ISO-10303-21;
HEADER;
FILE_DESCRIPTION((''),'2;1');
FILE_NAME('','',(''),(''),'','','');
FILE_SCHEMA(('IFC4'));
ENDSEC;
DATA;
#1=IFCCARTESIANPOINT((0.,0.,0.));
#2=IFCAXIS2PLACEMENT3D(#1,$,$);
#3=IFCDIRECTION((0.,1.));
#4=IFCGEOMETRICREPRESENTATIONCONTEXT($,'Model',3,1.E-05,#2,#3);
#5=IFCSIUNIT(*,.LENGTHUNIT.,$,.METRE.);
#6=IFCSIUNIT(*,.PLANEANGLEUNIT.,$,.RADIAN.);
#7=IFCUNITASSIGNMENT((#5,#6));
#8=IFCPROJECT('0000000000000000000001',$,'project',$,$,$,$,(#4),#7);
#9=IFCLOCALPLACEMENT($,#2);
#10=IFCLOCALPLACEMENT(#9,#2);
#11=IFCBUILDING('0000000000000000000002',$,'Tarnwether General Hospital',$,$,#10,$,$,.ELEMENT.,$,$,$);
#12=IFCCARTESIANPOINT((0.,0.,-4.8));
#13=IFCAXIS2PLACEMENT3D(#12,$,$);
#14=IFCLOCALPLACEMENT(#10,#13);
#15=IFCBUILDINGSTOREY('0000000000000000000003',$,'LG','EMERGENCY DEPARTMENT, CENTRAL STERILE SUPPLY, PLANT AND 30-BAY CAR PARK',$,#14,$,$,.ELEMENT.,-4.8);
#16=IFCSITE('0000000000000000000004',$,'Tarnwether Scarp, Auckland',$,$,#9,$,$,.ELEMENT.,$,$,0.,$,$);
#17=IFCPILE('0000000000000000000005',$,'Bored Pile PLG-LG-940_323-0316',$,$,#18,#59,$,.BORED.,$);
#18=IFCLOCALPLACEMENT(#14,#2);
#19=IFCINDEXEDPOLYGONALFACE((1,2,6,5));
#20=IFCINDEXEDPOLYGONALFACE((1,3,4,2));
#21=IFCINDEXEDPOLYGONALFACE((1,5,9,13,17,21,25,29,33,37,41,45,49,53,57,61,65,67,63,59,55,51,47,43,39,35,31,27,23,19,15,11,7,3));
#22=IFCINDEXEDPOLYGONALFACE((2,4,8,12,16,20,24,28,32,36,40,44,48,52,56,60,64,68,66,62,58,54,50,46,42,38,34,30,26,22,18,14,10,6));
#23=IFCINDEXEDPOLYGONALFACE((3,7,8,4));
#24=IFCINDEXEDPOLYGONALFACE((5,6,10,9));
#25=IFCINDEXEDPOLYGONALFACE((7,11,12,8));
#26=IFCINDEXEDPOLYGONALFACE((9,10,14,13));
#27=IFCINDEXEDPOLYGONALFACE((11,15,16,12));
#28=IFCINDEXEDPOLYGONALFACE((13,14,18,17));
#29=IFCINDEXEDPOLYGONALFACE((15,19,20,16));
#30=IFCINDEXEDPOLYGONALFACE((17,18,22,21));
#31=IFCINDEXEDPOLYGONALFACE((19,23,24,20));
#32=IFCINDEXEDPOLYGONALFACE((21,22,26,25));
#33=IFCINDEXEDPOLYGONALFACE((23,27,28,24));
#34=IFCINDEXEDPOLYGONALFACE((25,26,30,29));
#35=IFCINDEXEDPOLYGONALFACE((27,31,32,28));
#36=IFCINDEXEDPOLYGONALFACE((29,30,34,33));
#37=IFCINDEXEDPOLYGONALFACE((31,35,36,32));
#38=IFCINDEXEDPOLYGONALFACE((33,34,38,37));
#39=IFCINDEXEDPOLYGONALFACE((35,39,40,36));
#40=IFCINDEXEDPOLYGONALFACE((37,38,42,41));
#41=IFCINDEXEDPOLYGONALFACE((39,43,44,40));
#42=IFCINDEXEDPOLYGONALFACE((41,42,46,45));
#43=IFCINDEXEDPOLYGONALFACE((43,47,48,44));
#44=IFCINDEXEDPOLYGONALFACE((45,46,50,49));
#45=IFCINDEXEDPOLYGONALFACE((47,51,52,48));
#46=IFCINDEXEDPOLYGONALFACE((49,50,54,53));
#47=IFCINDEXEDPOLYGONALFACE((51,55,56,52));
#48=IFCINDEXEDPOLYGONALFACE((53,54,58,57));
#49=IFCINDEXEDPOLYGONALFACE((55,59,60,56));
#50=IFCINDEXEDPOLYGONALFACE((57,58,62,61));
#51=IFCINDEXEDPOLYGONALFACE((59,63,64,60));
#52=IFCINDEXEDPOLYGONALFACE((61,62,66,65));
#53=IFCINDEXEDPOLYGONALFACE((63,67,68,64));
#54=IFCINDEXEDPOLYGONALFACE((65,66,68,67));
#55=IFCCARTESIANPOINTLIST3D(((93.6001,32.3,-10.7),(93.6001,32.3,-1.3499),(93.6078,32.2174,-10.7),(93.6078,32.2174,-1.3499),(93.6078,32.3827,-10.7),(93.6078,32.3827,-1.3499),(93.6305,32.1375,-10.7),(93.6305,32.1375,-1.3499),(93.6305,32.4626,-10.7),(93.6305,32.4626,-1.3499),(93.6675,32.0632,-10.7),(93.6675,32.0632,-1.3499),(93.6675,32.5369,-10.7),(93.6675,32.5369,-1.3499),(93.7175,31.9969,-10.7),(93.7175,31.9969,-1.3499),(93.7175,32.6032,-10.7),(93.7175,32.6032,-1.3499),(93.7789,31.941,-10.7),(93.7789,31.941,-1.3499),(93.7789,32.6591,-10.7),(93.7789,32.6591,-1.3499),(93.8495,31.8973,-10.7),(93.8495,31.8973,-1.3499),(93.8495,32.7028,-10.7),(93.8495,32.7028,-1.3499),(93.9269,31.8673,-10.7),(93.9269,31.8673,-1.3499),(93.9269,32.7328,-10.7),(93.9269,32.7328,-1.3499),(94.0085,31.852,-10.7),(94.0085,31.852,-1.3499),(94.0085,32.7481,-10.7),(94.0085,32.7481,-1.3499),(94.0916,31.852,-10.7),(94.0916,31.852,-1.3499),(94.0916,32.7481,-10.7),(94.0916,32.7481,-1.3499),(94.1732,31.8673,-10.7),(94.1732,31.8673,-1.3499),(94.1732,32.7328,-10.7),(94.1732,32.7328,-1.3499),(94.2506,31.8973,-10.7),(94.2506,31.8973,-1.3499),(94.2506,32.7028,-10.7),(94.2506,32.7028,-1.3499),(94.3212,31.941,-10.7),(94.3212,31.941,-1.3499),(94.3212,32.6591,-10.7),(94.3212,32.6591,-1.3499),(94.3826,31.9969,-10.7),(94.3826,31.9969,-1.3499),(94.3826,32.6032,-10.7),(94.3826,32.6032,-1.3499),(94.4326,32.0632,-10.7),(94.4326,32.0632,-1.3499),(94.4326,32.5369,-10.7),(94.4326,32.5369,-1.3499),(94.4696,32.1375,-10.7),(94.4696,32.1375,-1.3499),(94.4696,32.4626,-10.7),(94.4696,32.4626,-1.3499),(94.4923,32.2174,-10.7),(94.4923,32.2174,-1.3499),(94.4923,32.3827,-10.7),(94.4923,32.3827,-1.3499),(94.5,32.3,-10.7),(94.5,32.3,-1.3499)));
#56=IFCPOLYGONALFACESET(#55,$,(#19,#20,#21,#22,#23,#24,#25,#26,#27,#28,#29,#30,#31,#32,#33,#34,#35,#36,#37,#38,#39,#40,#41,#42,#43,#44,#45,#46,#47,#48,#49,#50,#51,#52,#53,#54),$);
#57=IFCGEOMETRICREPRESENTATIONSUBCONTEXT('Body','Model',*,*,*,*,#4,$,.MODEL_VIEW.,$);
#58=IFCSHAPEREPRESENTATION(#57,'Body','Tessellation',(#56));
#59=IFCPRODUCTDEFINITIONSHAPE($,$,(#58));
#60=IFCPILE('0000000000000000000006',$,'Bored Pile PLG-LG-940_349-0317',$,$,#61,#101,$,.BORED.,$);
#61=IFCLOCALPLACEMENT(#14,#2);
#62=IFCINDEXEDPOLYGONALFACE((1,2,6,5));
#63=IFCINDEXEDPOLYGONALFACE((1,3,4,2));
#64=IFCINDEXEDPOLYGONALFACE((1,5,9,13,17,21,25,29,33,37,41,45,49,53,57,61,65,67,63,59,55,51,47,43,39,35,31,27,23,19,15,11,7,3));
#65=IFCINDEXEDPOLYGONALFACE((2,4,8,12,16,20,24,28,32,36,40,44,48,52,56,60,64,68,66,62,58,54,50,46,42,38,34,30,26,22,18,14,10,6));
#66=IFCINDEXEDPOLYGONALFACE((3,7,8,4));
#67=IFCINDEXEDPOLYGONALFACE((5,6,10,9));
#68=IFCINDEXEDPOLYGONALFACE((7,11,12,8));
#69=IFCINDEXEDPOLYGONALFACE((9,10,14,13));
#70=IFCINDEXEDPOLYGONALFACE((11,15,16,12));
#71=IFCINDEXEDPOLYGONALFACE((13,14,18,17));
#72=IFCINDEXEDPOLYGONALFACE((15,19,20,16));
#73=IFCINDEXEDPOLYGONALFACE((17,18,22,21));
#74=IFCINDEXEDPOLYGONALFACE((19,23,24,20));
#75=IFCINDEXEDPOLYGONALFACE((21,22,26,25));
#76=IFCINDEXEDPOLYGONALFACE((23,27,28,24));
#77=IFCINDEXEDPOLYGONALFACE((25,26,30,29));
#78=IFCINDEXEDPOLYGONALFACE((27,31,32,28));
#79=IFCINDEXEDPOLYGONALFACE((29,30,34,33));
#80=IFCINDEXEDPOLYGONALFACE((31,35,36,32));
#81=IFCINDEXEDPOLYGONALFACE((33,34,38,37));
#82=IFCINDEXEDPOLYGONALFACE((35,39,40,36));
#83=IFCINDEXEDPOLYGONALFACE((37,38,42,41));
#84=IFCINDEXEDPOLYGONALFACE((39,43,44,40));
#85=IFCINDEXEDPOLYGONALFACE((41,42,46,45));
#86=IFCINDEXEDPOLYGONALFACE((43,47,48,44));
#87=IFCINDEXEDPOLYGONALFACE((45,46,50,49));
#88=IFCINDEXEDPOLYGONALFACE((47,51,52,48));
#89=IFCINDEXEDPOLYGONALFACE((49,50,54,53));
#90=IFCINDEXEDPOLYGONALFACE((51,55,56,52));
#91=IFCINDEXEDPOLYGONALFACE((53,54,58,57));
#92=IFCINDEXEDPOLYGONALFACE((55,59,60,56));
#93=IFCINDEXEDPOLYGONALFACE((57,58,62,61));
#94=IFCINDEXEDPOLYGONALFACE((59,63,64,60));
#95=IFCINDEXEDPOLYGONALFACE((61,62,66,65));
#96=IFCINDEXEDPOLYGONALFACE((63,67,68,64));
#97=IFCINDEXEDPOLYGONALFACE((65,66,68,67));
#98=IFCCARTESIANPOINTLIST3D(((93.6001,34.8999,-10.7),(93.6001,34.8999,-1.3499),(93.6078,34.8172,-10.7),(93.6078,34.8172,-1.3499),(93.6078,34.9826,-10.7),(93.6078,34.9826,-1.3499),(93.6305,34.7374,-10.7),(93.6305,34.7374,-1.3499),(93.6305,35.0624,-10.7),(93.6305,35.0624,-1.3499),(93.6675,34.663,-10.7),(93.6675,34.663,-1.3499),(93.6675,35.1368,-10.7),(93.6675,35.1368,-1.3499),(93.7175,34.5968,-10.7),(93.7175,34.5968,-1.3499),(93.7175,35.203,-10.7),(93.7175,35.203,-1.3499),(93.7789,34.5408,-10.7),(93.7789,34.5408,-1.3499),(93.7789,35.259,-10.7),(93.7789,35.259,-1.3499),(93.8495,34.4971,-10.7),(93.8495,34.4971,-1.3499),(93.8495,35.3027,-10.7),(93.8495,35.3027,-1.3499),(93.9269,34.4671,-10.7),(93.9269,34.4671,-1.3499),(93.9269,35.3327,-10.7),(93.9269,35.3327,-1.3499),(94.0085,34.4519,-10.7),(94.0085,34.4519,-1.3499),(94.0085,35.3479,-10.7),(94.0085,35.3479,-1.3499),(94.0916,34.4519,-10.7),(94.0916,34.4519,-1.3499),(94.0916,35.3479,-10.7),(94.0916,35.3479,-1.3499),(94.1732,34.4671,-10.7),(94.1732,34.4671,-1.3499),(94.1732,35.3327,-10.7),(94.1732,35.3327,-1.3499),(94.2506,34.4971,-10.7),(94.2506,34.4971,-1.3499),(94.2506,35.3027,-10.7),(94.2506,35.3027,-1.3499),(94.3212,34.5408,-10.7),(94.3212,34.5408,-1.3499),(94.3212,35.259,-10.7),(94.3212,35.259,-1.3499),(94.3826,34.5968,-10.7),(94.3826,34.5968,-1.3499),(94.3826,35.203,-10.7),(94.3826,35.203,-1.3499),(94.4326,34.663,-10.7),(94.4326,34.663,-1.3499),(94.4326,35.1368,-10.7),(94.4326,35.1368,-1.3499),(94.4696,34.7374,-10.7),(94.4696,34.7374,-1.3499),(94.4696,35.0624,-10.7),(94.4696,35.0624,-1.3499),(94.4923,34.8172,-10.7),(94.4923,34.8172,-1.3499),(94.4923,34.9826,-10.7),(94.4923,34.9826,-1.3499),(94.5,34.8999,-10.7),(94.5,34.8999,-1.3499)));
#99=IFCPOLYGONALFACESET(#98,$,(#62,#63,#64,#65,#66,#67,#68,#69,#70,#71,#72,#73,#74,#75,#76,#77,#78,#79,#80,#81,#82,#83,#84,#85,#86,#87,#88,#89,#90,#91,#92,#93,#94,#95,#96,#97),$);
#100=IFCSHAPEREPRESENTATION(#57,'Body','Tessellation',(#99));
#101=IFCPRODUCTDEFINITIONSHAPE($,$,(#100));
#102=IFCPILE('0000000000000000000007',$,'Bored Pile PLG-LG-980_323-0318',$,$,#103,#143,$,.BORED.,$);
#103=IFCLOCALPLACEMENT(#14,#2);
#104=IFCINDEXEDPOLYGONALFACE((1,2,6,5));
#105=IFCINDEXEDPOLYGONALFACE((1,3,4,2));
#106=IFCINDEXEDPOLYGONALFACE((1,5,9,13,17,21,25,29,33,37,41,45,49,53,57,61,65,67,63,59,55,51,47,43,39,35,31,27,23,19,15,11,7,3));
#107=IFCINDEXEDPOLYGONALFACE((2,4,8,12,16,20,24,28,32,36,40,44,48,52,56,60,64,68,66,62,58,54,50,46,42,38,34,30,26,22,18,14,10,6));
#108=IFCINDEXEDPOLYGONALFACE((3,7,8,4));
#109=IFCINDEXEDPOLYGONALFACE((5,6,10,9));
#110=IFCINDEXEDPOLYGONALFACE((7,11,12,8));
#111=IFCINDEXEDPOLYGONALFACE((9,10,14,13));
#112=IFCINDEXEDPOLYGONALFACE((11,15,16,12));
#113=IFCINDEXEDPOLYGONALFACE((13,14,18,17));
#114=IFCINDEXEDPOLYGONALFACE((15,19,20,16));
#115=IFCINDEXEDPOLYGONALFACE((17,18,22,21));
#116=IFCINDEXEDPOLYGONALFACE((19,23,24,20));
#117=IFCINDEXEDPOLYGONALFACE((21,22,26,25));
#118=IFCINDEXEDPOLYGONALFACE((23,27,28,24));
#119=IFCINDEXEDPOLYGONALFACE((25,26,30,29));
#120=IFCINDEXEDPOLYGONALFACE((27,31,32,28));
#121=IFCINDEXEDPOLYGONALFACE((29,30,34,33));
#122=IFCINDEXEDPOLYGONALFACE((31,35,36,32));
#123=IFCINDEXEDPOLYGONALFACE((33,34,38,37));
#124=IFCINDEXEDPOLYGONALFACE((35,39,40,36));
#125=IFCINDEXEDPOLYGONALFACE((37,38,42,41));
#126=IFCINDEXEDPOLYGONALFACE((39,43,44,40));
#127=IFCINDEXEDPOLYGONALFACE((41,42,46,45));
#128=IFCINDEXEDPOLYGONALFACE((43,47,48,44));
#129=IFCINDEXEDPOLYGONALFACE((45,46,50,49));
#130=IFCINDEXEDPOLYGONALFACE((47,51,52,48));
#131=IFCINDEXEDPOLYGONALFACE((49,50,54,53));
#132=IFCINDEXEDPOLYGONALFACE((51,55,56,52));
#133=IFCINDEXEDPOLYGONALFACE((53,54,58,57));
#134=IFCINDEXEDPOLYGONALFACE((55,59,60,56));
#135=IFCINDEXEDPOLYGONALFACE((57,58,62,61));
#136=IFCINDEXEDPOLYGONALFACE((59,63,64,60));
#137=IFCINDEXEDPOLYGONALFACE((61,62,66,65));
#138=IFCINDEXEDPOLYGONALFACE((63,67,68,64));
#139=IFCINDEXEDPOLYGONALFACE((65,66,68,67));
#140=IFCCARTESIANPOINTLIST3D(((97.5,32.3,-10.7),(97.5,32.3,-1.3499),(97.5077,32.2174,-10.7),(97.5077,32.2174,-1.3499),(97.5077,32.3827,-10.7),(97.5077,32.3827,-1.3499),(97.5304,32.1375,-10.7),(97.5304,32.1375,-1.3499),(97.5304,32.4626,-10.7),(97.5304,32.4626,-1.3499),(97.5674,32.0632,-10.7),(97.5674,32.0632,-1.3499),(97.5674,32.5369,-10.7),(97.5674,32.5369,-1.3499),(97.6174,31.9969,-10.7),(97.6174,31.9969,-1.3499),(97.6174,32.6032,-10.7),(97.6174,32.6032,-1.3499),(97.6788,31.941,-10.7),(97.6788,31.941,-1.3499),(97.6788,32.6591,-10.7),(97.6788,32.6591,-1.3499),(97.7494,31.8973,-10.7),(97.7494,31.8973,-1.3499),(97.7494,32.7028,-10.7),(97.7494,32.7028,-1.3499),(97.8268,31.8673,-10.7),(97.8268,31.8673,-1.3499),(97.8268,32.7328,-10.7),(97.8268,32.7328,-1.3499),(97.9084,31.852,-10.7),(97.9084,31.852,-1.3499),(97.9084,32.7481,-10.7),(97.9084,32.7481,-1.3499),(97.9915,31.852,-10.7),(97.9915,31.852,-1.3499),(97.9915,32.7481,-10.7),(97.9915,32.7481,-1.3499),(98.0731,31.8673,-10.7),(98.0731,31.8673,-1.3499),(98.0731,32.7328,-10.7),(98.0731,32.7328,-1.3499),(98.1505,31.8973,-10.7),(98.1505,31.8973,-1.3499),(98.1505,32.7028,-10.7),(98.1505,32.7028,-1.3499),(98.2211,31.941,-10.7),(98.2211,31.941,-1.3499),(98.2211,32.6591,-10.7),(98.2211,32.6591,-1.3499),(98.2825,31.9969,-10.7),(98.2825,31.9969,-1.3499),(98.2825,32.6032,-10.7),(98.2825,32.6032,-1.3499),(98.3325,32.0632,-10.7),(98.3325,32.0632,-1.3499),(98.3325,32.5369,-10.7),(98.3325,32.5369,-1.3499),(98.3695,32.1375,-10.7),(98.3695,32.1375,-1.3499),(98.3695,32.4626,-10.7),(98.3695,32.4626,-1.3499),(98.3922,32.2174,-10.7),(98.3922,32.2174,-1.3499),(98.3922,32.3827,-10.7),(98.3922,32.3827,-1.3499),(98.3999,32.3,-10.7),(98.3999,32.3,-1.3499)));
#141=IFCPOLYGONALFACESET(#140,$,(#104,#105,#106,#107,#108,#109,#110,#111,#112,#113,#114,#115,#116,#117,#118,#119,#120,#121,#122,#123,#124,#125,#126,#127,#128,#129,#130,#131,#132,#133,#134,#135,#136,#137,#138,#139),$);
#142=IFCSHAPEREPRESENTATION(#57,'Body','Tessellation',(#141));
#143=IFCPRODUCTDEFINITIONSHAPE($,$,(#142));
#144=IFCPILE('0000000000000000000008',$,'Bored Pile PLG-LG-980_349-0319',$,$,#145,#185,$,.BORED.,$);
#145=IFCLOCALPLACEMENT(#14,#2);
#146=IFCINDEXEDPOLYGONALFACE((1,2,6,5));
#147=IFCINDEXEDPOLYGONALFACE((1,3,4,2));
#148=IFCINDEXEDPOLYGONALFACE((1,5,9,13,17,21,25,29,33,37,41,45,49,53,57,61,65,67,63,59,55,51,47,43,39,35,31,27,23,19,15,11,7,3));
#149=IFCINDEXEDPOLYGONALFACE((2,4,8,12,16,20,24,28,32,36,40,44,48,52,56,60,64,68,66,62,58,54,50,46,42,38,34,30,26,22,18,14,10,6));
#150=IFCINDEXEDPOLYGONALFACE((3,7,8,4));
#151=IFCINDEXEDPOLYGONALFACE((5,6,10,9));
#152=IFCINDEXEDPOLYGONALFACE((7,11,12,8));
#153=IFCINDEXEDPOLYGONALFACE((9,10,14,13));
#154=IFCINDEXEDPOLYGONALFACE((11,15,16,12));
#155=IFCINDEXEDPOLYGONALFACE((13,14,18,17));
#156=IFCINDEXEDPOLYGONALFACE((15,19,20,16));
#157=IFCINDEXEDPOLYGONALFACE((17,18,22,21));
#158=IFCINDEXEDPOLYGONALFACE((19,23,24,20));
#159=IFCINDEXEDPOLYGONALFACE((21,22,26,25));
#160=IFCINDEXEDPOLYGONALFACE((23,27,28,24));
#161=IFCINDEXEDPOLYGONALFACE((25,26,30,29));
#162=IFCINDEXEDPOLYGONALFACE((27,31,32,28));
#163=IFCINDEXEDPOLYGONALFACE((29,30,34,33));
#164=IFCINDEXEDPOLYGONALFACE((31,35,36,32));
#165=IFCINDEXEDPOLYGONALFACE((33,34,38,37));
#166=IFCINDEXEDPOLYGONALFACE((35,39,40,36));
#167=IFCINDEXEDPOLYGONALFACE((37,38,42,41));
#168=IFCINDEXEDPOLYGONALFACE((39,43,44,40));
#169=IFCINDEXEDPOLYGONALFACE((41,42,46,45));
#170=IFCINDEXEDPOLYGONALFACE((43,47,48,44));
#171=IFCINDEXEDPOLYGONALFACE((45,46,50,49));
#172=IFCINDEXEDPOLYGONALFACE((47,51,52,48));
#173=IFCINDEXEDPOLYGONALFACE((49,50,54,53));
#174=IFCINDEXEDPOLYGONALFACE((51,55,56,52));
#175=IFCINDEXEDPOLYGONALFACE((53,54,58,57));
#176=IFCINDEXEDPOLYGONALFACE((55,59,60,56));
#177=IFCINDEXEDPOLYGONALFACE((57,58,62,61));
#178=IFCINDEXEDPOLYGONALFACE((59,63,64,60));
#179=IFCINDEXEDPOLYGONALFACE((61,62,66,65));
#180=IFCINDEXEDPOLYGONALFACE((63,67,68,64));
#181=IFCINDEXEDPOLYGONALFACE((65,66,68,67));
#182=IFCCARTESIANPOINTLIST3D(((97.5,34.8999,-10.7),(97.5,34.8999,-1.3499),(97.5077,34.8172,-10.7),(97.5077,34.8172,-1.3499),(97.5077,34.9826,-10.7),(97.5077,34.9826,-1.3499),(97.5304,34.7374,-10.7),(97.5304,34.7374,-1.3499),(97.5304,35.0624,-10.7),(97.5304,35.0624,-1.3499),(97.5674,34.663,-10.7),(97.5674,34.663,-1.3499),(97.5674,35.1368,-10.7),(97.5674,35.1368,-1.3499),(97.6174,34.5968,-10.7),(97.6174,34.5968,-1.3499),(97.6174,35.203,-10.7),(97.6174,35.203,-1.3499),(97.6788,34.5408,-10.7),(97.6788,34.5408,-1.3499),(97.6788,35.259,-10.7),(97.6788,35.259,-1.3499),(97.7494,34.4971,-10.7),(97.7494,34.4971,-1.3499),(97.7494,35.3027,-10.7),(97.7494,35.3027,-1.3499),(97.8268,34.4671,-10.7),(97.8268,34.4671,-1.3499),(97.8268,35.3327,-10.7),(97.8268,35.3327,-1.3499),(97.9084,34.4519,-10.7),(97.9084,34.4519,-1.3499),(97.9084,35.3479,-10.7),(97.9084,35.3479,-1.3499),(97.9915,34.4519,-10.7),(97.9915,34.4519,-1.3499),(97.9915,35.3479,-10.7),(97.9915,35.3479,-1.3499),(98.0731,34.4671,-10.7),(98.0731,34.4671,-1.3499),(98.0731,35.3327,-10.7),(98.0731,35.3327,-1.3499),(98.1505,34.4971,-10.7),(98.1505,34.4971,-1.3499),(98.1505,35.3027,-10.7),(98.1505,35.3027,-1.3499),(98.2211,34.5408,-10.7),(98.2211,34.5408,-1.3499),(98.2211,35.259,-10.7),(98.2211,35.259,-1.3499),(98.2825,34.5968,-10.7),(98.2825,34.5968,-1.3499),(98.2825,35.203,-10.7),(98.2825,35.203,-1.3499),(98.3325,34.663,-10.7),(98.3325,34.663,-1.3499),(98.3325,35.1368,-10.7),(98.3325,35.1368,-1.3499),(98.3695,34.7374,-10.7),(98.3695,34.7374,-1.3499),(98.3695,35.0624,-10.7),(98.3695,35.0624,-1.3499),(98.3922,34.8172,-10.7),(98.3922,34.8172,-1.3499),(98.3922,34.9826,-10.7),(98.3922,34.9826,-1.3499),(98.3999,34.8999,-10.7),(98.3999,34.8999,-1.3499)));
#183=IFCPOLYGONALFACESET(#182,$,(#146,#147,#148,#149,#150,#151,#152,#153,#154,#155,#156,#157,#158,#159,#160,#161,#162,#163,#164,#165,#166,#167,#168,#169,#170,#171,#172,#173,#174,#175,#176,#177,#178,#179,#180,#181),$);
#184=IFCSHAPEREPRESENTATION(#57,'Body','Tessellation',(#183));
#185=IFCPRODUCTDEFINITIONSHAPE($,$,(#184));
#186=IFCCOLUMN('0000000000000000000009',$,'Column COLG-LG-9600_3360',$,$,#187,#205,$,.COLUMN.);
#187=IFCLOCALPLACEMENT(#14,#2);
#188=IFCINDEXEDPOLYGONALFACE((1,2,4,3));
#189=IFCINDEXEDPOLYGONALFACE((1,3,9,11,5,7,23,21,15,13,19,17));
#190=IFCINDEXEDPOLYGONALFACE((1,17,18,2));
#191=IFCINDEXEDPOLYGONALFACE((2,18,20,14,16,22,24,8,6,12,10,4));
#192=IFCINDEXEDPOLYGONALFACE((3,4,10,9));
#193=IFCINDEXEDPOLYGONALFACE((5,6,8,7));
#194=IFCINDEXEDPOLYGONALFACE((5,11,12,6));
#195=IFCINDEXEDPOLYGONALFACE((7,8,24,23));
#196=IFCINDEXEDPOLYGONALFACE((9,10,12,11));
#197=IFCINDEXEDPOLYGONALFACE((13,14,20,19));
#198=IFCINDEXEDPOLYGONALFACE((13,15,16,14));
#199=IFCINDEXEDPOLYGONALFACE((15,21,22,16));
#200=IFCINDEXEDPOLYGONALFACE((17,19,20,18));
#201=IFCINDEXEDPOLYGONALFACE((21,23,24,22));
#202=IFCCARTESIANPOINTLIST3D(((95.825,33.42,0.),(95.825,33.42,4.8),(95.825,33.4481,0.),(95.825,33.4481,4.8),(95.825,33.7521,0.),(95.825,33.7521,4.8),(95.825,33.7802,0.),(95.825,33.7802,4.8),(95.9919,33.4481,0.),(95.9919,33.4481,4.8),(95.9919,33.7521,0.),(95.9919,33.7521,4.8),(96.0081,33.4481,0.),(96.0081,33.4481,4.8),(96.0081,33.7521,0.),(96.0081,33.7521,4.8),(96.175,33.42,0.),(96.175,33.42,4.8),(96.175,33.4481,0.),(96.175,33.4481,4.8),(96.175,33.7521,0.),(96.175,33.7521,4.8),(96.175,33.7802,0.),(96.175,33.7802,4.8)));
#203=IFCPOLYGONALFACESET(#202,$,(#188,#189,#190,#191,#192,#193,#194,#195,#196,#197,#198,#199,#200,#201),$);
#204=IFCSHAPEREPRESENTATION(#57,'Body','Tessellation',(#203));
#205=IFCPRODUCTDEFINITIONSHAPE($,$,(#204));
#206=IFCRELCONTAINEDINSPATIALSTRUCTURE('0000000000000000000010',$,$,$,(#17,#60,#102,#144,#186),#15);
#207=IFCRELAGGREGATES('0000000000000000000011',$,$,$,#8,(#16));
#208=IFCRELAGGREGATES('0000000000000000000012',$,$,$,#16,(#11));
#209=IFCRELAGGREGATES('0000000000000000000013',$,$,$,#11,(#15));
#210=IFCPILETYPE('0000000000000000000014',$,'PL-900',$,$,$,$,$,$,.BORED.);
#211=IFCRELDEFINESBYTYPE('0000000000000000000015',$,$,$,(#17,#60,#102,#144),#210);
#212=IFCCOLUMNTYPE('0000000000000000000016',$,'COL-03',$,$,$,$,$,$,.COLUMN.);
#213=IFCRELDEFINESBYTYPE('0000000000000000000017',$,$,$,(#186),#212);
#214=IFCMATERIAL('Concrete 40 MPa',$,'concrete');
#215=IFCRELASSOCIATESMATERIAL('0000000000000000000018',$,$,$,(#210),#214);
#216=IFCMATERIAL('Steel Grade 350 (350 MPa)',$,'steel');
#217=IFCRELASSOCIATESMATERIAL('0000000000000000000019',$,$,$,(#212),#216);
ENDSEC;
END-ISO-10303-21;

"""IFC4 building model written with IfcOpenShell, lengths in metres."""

from ifc_helpers import new_model, si_unit, direction, frame, origin, origin_2d, place, context, subcontext, project, spatial, circle, i_section, extrude, material, material_profile, profile_set, type_object, element, save


model = new_model("IFC4")

# Units and contexts
model_context = context("Model", 3, precision=1e-05, world=origin(), true_north=direction((0.0, 1.0)))
body_context = subcontext(model_context, "Body", "Model", "MODEL_VIEW")
ifc_project = project(units=[si_unit("LENGTHUNIT", "METRE"), si_unit("PLANEANGLEUNIT", "RADIAN")], contexts=[model_context])

# Site, building, storey
site_placement = place(None, origin())
site = spatial("IfcSite", under=ifc_project, at=site_placement, Name="Tarnwether Scarp, Auckland", CompositionType="ELEMENT", RefElevation=0.0)
building_placement = place(site_placement, origin())
building = spatial("IfcBuilding", under=site, at=building_placement, Name="Tarnwether General Hospital", CompositionType="ELEMENT")
storey_placement = place(building_placement, frame((0.0, 0.0, -4.8)))
storey = spatial("IfcBuildingStorey", under=building, at=storey_placement, Name="LG", Description="EMERGENCY DEPARTMENT, CENTRAL STERILE SUPPLY, PLANT AND 30-BAY CAR PARK", CompositionType="ELEMENT", Elevation=-4.8)

# Piles
ifc_material_1 = material(Name="Concrete 40 MPa", Category="concrete")
ifc_material_profile_1 = material_profile(ifc_material_1, circle(Radius=0.45, at=origin_2d()), Name="PILE-D900")
ifc_profile_set_1 = profile_set([ifc_material_profile_1], Name="Concrete 40 MPa")
pile_type_1 = type_object("IfcPileType", Name="PL-900", PredefinedType="BORED", material=ifc_profile_set_1)
for number, where, z_axis, x_axis, name in (
    (1, (94.05, 32.3, -1.3499), (0.0, 0.0, -1.0), (1.0, 0.0, 0.0), "Bored Pile PLG-LG-940_323-0316"),
    (2, (94.05, 34.8999, -1.3499), (0.0, 0.0, -1.0), (1.0, 0.0, 0.0), "Bored Pile PLG-LG-940_349-0317"),
    (3, (97.95, 32.3, -1.3499), (0.0, 0.0, -1.0), (1.0, 0.0, 0.0), "Bored Pile PLG-LG-980_323-0318"),
    (4, (97.95, 34.8999, -1.3499), (0.0, 0.0, -1.0), (1.0, 0.0, 0.0), "Bored Pile PLG-LG-980_349-0319"),
):
    element("IfcPile", number, at=place(storey_placement, frame(where, z_axis=z_axis, x_axis=x_axis)), inside=storey, type_object=pile_type_1, Name=name, PredefinedType="BORED", context=body_context, shape_type="SweptSolid", body=[
        extrude(circle(Radius=0.45, at=origin_2d()), origin(), (0.0, 0.0, 1.0), 9.3501),
    ])

# Column
ifc_material_2 = material(Name="Steel Grade 350 (350 MPa)", Category="steel")
ifc_material_profile_2 = material_profile(ifc_material_2, i_section(OverallWidth=0.3501, OverallDepth=0.3601, WebThickness=0.0161, FlangeThickness=0.0281, at=origin_2d()), Name="350WC230")
ifc_profile_set_2 = profile_set([ifc_material_profile_2], Name="Steel Grade 350 (350 MPa)")
column_type_1 = type_object("IfcColumnType", Name="COL-03", PredefinedType="COLUMN", material=ifc_profile_set_2)
column_1_placement = place(storey_placement, frame((96.0, 33.6001, 0.0), z_axis=(0.0, 0.0, 1.0), x_axis=(1.0, 0.0, 0.0)))
element("IfcColumn", 5, at=column_1_placement, inside=storey, type_object=column_type_1, Name="Column COLG-LG-9600_3360", PredefinedType="COLUMN", context=body_context, shape_type="SweptSolid", body=[
    extrude(i_section(OverallWidth=0.3501, OverallDepth=0.3601, WebThickness=0.0161, FlangeThickness=0.0281, at=origin_2d()), origin(), (0.0, 0.0, 1.0), 4.8),
])

save(model, "model.ifc")
